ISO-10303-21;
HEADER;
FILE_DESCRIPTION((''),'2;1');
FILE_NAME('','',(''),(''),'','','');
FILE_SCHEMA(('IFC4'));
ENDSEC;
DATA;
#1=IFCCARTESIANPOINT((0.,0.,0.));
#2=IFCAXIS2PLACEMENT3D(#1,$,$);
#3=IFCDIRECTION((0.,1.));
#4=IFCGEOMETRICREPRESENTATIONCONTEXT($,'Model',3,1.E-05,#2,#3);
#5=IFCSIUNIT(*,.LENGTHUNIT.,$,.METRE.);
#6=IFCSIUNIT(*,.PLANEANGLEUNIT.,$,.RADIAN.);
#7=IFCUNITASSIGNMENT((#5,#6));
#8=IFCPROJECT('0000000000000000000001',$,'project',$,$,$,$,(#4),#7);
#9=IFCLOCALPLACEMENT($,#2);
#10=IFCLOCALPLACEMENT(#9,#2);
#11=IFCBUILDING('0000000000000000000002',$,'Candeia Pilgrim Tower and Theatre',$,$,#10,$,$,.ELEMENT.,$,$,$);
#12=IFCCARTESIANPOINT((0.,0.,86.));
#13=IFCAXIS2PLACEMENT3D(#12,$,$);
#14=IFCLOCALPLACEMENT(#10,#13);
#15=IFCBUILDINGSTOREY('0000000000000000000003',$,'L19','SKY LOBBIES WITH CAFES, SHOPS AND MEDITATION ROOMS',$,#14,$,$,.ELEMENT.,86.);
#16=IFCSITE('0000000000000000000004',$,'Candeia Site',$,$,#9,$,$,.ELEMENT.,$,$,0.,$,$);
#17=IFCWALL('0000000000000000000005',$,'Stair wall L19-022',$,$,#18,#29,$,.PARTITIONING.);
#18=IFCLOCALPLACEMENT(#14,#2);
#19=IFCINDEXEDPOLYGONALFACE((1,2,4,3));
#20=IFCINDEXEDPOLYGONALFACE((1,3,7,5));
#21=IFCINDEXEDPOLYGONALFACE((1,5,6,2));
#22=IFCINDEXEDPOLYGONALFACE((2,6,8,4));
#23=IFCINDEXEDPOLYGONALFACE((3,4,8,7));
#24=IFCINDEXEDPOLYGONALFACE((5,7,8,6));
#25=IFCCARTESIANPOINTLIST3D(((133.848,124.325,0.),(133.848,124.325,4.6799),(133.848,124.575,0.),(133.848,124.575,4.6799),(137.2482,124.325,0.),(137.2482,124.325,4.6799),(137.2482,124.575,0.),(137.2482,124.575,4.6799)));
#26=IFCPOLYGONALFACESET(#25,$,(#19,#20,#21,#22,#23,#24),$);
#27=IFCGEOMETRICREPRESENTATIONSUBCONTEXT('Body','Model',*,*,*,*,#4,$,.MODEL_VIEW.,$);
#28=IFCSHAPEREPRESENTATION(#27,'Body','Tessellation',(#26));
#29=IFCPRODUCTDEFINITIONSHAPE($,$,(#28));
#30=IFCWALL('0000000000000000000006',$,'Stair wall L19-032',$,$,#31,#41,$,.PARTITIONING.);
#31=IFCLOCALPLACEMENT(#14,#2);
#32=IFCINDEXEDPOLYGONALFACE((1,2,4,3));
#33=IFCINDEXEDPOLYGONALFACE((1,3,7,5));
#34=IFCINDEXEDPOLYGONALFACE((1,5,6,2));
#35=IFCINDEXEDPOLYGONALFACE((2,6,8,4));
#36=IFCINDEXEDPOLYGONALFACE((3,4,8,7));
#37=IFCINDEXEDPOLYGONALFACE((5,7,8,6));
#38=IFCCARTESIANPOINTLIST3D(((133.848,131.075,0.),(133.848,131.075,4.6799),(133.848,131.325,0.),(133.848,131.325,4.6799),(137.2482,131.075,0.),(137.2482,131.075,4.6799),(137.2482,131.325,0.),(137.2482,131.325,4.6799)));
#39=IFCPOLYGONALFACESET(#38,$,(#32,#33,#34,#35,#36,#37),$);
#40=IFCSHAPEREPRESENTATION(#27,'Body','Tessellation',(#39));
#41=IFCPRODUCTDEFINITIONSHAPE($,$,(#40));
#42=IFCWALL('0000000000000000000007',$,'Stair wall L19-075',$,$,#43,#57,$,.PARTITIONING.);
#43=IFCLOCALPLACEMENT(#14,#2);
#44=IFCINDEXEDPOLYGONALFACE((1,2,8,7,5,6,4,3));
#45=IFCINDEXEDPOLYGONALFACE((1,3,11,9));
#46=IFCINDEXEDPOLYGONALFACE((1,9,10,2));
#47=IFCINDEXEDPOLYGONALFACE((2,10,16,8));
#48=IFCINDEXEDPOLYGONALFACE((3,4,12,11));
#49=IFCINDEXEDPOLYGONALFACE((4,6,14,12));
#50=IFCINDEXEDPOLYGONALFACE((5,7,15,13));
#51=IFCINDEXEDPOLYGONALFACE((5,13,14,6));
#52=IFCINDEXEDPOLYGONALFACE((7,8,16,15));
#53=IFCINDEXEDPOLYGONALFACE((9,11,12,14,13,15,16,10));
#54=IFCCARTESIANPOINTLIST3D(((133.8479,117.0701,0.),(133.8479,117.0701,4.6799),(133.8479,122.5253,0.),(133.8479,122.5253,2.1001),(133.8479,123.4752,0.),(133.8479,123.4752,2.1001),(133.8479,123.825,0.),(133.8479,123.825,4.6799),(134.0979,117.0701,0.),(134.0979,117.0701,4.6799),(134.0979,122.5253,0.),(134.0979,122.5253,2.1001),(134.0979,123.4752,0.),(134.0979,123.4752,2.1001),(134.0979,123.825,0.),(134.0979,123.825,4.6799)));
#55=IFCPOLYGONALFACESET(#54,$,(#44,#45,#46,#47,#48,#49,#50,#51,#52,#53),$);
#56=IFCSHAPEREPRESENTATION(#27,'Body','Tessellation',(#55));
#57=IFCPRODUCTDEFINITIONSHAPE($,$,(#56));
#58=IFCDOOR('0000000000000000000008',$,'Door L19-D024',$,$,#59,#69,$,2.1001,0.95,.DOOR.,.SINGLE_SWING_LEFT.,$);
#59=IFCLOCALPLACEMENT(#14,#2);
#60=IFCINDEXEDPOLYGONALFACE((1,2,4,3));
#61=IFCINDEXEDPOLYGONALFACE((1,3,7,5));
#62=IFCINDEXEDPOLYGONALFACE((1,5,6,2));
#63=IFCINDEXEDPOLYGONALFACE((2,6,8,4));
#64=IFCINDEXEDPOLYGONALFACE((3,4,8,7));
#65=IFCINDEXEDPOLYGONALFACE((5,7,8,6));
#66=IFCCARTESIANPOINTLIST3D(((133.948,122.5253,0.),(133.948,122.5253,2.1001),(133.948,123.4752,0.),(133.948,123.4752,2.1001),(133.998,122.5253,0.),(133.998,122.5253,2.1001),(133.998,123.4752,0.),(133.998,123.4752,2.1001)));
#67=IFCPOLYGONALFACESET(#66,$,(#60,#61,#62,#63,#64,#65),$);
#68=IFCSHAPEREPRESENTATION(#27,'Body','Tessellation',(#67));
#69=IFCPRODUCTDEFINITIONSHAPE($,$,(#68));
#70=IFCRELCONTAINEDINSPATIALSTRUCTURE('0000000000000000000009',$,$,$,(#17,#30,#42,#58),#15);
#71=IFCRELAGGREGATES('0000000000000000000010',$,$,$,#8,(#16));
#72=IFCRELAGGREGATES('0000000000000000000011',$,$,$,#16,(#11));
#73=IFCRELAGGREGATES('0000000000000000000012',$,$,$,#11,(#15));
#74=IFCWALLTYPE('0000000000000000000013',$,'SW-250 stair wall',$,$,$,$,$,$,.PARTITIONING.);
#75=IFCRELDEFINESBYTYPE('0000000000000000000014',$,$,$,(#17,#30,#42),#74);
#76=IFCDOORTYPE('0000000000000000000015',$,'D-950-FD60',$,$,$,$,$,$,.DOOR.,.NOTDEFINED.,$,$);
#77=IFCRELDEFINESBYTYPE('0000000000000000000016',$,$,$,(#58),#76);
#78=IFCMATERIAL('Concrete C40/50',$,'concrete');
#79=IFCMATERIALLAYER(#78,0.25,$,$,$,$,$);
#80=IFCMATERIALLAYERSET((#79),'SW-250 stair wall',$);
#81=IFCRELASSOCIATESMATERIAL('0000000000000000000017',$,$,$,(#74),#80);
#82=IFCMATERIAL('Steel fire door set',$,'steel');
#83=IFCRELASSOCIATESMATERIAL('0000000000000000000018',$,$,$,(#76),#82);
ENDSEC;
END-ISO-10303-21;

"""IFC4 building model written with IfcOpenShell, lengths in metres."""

from ifc_helpers import new_model, si_unit, direction, frame, frame_2d, origin, place, context, subcontext, project, spatial, rectangle, extrude, material, layer, layer_set, type_object, element, fill, save


model = new_model("IFC4")

# Units and contexts
model_context = context("Model", 3, precision=1e-05, world=origin(), true_north=direction((0.0, 1.0)))
body_context = subcontext(model_context, "Body", "Model", "MODEL_VIEW")
ifc_project = project(units=[si_unit("LENGTHUNIT", "METRE"), si_unit("PLANEANGLEUNIT", "RADIAN")], contexts=[model_context])

# Site, building, storey
site_placement = place(None, origin())
site = spatial("IfcSite", under=ifc_project, at=site_placement, Name="Candeia Site", CompositionType="ELEMENT", RefElevation=0.0)
building_placement = place(site_placement, origin())
building = spatial("IfcBuilding", under=site, at=building_placement, Name="Candeia Pilgrim Tower and Theatre", CompositionType="ELEMENT")
storey_placement = place(building_placement, frame((0.0, 0.0, 86.0)))
storey = spatial("IfcBuildingStorey", under=building, at=storey_placement, Name="L19", Description="SKY LOBBIES WITH CAFES, SHOPS AND MEDITATION ROOMS", CompositionType="ELEMENT", Elevation=86.0)

# Shared definitions
ifc_material_1 = material(Name="Steel fire door set", Category="steel")

# Shared definitions
ifc_material_2 = material(Name="Concrete C40/50", Category="concrete")

# Walls
ifc_layer_1 = layer(ifc_material_2, 0.25)
ifc_layer_set_1 = layer_set([ifc_layer_1], Name="SW-250 stair wall")
wall_type_1 = type_object("IfcWallType", Name="SW-250 stair wall", PredefinedType="PARTITIONING", material=ifc_layer_set_1)
for number, where, z_axis, x_axis, name in (
    (1, (133.8479, 124.45, 0.0), (0.0, 0.0, 1.0), (1.0, 0.0, 0.0), "Stair wall L19-022"),
    (2, (133.8479, 131.2, 0.0), (0.0, 0.0, 1.0), (1.0, 0.0, 0.0), "Stair wall L19-032"),
):
    element("IfcWall", number, at=place(storey_placement, frame(where, z_axis=z_axis, x_axis=x_axis)), inside=storey, type_object=wall_type_1, Name=name, PredefinedType="PARTITIONING", context=body_context, shape_type="SweptSolid", body=[
        extrude(rectangle(XDim=3.4001, YDim=0.25, at=frame_2d((1.7002, 0.0))), origin(), (0.0, 0.0, 1.0), 4.6799),
    ])

# Wall, opening, door
wall_1_placement = place(storey_placement, frame((133.9729, 117.0701, 0.0), z_axis=(0.0, 0.0, 1.0), x_axis=(0.0, 1.0, 0.0)))
wall_1 = element("IfcWall", 3, at=wall_1_placement, inside=storey, type_object=wall_type_1, Name="Stair wall L19-075", PredefinedType="PARTITIONING", context=body_context, shape_type="SweptSolid", body=[
    extrude(rectangle(XDim=6.7549, YDim=0.25, at=frame_2d((3.3774, 0.0))), origin(), (0.0, 0.0, 1.0), 4.6799),
])
opening_1_placement = place(wall_1_placement, frame((5.4551, 0.0, 0.0)))
opening_1 = element("IfcOpeningElement", 4, at=opening_1_placement, cuts=wall_1, PredefinedType="OPENING", context=body_context, shape_type="SweptSolid", body=[
    extrude(rectangle(XDim=0.95, YDim=2.1001, at=frame_2d((0.4751, 1.05))), frame((0.0, 0.135, 0.0), z_axis=(0.0, -1.0, 0.0), x_axis=(1.0, 0.0, 0.0)), (0.0, 0.0, 1.0), 0.27),
])
door_type_1 = type_object("IfcDoorType", Name="D-950-FD60", OperationType="NOTDEFINED", PredefinedType="DOOR", material=ifc_material_1)
door_1_placement = place(opening_1_placement, origin())
door_1 = element("IfcDoor", 5, at=door_1_placement, inside=storey, type_object=door_type_1, Name="Door L19-D024", OperationType="SINGLE_SWING_LEFT", OverallHeight=2.1001, OverallWidth=0.95, PredefinedType="DOOR", context=body_context, shape_type="SweptSolid", body=[
    extrude(rectangle(XDim=0.95, YDim=2.1001, at=frame_2d((0.4751, 1.05))), frame((0.0, 0.0249, 0.0), z_axis=(0.0, -1.0, 0.0), x_axis=(1.0, 0.0, 0.0)), (0.0, 0.0, 1.0), 0.05),
])
fill(opening_1, door_1)

save(model, "model.ifc")
